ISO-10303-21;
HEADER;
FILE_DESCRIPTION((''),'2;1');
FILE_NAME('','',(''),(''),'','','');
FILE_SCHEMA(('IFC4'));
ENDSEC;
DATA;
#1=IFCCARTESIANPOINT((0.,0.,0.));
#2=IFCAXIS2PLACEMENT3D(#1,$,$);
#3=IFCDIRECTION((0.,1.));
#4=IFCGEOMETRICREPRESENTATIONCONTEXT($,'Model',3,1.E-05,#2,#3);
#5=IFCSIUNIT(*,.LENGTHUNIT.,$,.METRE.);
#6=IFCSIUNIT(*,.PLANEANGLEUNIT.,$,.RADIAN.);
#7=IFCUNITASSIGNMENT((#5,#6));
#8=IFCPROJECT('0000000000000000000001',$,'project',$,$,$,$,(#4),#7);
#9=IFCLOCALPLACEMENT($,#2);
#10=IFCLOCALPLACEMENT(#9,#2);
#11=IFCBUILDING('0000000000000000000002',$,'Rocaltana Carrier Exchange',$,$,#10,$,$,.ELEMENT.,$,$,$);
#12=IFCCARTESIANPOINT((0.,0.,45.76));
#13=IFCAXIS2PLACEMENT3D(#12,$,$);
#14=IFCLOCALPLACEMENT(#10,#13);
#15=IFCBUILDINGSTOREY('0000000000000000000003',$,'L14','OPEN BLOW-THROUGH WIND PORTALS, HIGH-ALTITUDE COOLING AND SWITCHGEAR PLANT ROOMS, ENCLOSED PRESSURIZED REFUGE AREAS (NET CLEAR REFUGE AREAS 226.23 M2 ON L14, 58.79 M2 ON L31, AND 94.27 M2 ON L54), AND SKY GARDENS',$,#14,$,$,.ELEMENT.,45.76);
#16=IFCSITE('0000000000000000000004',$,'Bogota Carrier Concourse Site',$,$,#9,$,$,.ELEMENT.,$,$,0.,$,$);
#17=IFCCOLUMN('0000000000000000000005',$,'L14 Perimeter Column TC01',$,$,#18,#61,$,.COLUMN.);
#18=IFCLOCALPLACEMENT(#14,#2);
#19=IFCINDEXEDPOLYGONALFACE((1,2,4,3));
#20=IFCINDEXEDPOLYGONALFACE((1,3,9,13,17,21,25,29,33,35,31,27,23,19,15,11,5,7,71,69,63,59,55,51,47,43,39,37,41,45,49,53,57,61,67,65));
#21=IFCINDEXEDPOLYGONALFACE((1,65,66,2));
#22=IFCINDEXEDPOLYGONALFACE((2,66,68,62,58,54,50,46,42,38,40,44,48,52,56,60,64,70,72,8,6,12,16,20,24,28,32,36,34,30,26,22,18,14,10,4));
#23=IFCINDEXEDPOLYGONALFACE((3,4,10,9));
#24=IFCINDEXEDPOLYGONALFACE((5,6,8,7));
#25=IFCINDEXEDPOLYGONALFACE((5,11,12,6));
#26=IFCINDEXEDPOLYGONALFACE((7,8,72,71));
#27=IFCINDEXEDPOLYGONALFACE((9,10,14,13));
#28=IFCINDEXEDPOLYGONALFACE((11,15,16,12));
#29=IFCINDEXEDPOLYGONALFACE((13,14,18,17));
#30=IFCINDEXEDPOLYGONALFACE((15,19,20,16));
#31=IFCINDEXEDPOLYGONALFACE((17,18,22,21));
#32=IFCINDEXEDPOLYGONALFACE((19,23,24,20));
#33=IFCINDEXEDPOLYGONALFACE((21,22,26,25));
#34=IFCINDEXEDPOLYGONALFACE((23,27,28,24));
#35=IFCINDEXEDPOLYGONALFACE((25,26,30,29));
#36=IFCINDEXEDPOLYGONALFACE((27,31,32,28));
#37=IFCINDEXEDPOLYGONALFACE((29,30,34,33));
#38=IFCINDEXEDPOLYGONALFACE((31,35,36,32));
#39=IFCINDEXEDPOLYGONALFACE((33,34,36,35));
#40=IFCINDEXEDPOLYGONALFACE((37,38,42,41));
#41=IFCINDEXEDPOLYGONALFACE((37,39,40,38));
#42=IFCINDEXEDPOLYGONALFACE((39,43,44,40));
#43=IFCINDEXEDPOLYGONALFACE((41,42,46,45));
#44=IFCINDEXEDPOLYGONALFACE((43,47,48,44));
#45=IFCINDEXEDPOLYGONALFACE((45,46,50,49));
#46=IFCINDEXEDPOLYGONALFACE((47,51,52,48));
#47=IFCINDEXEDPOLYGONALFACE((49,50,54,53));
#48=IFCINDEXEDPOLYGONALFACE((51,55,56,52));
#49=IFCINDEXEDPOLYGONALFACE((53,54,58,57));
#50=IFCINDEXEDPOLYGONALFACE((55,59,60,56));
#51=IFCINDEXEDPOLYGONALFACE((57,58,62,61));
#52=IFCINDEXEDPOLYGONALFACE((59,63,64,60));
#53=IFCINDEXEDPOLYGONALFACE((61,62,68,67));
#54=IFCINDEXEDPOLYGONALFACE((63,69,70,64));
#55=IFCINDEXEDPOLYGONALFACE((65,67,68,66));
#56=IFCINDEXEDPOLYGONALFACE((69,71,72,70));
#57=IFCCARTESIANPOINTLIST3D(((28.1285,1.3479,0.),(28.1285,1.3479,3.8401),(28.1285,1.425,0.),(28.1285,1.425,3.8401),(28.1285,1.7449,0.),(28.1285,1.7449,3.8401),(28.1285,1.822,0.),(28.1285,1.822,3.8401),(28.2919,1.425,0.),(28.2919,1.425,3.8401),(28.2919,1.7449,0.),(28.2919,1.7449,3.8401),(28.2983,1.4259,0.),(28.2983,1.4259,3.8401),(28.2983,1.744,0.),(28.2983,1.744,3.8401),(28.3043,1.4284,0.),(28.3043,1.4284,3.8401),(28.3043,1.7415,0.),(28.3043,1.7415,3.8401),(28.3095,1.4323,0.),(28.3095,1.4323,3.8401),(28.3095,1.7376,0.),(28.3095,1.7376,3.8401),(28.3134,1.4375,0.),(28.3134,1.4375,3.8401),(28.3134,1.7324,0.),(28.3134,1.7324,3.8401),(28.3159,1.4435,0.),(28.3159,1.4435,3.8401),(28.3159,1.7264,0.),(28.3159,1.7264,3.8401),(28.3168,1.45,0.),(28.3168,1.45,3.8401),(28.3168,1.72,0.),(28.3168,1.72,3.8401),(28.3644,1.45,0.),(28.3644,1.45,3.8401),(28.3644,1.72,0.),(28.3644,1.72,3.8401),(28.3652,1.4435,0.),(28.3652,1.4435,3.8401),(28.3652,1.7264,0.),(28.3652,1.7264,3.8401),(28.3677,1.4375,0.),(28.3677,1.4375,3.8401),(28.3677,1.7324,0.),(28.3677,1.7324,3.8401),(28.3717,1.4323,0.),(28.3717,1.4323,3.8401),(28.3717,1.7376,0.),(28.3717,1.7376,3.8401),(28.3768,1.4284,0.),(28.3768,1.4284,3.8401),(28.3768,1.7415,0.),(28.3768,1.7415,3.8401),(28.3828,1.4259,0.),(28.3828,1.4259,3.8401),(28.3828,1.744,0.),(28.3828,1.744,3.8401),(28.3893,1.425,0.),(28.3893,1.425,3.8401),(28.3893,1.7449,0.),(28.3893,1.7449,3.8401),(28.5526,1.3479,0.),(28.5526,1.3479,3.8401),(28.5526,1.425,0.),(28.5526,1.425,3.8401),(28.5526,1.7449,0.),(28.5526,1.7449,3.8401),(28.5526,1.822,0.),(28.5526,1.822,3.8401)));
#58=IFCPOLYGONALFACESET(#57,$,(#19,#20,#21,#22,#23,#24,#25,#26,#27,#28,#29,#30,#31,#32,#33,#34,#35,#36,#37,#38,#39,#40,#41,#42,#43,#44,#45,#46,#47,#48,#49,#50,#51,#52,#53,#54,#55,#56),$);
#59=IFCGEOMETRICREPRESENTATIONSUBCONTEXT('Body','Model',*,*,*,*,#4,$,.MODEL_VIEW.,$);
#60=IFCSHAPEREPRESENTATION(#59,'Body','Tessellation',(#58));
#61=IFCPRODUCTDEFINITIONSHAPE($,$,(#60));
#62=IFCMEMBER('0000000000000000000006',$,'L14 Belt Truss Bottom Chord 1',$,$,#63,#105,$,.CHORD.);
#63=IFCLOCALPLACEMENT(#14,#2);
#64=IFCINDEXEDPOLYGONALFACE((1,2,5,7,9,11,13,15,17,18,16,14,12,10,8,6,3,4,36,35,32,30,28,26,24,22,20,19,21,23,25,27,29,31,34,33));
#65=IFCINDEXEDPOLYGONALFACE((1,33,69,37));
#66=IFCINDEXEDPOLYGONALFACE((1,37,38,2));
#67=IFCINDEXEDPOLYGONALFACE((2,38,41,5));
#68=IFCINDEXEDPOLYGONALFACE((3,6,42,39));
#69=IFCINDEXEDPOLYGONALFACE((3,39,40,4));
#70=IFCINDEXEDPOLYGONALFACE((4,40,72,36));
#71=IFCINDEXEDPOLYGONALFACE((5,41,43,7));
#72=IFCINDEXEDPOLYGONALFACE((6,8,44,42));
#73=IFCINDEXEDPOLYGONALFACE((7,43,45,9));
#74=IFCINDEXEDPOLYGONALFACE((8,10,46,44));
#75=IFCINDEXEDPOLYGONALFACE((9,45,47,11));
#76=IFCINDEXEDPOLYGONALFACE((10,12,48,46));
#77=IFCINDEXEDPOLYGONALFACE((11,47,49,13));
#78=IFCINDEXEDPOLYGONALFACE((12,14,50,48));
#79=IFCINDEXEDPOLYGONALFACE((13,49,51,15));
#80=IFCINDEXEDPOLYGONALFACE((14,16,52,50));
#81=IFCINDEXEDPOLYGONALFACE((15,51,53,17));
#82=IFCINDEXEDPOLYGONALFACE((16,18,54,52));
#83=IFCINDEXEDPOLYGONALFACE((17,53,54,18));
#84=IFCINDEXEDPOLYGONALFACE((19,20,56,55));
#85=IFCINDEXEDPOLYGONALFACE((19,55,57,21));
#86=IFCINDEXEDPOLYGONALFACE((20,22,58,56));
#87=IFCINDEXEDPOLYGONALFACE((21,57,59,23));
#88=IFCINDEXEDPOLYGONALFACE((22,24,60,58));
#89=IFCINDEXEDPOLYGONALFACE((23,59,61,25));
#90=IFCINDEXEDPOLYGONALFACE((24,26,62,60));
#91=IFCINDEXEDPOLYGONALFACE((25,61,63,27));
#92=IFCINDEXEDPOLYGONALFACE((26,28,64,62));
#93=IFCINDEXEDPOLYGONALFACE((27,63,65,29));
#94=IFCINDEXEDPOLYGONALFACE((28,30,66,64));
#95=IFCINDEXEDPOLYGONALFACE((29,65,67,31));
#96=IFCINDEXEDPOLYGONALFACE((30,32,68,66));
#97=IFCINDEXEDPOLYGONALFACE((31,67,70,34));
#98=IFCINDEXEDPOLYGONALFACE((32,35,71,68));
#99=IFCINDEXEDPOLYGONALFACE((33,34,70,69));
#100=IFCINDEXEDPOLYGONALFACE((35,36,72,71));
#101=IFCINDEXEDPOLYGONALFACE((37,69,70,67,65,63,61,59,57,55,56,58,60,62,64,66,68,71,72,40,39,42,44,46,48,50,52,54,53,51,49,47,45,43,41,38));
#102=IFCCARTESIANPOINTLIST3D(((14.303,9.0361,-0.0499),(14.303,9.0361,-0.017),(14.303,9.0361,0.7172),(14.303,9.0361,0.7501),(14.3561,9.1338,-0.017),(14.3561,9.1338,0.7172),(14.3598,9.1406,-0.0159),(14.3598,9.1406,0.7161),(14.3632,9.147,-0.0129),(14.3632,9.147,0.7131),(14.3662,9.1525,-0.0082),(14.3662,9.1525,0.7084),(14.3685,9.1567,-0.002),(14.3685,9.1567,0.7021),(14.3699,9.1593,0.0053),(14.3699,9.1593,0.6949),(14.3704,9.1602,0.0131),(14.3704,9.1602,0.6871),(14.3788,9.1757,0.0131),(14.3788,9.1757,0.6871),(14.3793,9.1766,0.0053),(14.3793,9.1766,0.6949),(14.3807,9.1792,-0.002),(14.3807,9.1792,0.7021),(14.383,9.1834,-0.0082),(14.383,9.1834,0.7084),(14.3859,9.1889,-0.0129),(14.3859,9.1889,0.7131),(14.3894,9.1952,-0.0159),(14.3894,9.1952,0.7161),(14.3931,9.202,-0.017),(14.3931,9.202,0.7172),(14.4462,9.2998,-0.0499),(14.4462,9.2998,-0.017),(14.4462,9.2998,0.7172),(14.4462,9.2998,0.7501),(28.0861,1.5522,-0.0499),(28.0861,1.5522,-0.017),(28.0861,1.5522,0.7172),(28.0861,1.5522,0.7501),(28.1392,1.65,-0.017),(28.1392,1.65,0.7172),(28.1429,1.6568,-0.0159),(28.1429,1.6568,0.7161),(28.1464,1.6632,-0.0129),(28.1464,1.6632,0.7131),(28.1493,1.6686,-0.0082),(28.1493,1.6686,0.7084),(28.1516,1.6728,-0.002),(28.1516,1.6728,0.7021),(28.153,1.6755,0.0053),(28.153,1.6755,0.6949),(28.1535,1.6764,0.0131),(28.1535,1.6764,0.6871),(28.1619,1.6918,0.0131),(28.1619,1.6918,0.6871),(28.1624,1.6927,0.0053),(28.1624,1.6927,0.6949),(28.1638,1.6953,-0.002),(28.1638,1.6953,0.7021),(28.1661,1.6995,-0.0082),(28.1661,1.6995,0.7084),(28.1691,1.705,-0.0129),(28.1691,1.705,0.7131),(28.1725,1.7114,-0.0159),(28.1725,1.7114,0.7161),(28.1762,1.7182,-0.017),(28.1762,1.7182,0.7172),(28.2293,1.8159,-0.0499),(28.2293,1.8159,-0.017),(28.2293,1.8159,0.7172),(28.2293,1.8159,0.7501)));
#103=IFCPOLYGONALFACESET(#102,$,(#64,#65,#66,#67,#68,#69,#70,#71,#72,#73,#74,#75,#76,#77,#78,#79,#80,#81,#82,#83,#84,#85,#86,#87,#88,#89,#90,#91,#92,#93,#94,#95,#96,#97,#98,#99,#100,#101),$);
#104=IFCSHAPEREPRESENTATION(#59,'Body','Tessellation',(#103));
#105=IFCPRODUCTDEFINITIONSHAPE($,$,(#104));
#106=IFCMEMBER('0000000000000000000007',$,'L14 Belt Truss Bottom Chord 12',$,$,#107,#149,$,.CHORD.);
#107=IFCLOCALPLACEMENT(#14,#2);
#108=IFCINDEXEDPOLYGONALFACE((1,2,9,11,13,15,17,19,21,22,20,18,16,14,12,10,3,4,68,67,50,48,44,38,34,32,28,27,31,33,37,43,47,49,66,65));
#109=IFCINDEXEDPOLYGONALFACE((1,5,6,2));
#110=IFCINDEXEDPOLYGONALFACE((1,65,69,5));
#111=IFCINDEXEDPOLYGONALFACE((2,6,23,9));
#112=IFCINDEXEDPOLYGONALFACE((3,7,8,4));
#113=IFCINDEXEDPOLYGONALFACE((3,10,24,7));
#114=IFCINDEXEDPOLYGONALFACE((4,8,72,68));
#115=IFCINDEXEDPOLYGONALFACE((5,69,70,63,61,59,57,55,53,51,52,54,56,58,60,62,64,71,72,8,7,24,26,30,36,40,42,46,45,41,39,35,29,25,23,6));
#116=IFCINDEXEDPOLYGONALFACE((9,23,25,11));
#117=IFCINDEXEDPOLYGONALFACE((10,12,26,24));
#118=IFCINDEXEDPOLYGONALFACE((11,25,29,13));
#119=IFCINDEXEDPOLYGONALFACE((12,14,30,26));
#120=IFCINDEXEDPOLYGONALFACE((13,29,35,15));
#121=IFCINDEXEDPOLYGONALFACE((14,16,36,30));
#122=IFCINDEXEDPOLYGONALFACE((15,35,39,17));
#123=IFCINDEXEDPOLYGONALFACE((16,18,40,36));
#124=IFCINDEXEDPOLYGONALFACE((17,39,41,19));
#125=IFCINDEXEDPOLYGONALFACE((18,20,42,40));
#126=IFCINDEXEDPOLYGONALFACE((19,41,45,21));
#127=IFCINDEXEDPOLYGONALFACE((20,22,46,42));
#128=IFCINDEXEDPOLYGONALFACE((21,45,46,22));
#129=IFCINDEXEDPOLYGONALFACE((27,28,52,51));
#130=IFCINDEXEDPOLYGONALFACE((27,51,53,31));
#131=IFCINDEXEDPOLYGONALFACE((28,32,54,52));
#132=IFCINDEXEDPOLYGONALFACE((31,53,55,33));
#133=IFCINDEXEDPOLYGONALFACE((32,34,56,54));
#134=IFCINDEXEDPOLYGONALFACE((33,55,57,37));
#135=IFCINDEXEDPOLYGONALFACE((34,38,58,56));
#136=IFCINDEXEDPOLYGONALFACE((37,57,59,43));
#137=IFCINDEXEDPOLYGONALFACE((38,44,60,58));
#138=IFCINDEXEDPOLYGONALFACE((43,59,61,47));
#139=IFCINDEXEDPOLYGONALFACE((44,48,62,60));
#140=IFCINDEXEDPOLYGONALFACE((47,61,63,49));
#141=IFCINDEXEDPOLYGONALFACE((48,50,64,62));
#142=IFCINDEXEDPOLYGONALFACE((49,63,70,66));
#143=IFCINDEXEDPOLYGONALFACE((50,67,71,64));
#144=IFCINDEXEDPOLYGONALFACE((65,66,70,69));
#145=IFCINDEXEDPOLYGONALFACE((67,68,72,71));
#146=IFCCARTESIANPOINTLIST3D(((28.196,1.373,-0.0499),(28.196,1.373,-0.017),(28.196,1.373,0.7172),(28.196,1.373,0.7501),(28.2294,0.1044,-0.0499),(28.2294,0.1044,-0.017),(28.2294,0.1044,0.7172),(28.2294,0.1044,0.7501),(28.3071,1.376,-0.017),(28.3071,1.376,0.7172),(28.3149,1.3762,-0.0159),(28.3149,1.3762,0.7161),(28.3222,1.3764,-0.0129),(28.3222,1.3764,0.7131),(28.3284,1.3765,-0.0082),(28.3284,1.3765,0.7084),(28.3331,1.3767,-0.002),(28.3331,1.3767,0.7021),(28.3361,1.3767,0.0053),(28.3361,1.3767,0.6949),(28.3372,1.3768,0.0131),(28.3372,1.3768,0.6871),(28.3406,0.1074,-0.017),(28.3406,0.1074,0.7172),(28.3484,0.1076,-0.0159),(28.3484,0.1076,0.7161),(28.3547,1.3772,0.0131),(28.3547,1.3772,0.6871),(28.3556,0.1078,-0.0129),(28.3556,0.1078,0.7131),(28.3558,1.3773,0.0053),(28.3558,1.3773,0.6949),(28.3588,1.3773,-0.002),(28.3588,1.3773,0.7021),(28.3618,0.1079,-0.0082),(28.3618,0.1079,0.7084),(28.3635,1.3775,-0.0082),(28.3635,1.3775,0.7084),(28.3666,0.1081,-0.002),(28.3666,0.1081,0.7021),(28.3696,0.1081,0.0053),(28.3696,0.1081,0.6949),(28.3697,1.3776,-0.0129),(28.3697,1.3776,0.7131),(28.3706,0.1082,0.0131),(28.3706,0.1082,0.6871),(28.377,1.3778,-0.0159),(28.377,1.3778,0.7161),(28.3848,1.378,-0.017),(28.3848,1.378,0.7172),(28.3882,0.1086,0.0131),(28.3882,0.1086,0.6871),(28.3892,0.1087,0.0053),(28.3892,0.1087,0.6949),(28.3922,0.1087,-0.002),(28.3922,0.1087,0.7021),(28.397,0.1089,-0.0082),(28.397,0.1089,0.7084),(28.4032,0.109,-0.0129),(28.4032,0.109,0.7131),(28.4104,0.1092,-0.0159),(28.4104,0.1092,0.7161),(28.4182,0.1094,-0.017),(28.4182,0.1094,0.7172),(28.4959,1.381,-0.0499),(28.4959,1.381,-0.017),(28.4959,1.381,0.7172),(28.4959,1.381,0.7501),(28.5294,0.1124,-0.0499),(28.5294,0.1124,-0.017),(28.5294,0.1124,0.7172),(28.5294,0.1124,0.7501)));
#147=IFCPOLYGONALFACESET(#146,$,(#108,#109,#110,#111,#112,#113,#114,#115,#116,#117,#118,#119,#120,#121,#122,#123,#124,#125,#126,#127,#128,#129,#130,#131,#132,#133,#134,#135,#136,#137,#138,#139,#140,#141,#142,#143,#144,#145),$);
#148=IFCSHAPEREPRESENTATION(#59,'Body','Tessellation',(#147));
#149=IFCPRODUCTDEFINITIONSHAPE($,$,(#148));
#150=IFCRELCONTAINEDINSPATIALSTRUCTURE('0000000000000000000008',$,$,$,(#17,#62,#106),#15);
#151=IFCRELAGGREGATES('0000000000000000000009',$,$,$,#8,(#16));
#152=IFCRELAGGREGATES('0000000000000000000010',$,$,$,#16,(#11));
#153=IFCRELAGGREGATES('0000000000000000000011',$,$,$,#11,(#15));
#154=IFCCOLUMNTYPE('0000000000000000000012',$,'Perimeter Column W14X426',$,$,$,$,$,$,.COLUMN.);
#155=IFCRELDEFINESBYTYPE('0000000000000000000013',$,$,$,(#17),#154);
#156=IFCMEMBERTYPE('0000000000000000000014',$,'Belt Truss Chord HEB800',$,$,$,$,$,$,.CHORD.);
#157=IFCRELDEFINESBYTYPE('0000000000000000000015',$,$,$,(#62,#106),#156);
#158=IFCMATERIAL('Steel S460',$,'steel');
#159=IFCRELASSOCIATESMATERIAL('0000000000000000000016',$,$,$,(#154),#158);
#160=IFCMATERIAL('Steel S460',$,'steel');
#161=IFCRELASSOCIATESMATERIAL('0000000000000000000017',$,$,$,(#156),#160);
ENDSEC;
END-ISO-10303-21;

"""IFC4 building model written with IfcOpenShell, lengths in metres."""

from ifc_helpers import new_model, si_unit, direction, frame, origin, origin_2d, place, context, subcontext, project, spatial, i_section, extrude, material, material_profile, profile_set, type_object, element, save


model = new_model("IFC4")

# Units and contexts
model_context = context("Model", 3, precision=1e-05, world=origin(), true_north=direction((0.0, 1.0)))
body_context = subcontext(model_context, "Body", "Model", "MODEL_VIEW")
ifc_project = project(units=[si_unit("LENGTHUNIT", "METRE"), si_unit("PLANEANGLEUNIT", "RADIAN")], contexts=[model_context])

# Site, building, storey
site_placement = place(None, origin())
site = spatial("IfcSite", under=ifc_project, at=site_placement, Name="Bogota Carrier Concourse Site", CompositionType="ELEMENT", RefElevation=0.0)
building_placement = place(site_placement, origin())
building = spatial("IfcBuilding", under=site, at=building_placement, Name="Rocaltana Carrier Exchange", CompositionType="ELEMENT")
storey_placement = place(building_placement, frame((0.0, 0.0, 45.76)))
storey = spatial("IfcBuildingStorey", under=building, at=storey_placement, Name="L14", Description="OPEN BLOW-THROUGH WIND PORTALS, HIGH-ALTITUDE COOLING AND SWITCHGEAR PLANT ROOMS, ENCLOSED PRESSURIZED REFUGE AREAS (NET CLEAR REFUGE AREAS 226.23 M2 ON L14, 58.79 M2 ON L31, AND 94.27 M2 ON L54), AND SKY GARDENS", CompositionType="ELEMENT", Elevation=45.76)

# Column
ifc_material_1 = material(Name="Steel S460", Category="steel")
ifc_material_profile_1 = material_profile(ifc_material_1, i_section(OverallWidth=0.4241, OverallDepth=0.4741, WebThickness=0.0476, FlangeThickness=0.0771, FilletRadius=0.0249, at=origin_2d()), Name="W14X426")
ifc_profile_set_1 = profile_set([ifc_material_profile_1], Name="Steel S460")
column_type = type_object("IfcColumnType", Name="Perimeter Column W14X426", PredefinedType="COLUMN", material=ifc_profile_set_1)
column_placement = place(storey_placement, frame((28.3406, 1.585, 0.0), z_axis=(0.0, 0.0, 1.0), x_axis=(1.0, 0.0, 0.0)))
element("IfcColumn", 1, at=column_placement, inside=storey, type_object=column_type, Name="L14 Perimeter Column TC01", PredefinedType="COLUMN", context=body_context, shape_type="SweptSolid", body=[
    extrude(i_section(OverallWidth=0.4241, OverallDepth=0.4741, WebThickness=0.0476, FlangeThickness=0.0771, FilletRadius=0.0249, at=origin_2d()), origin(), (0.0, 0.0, 1.0), 3.8401),
])

# Members
ifc_material_2 = material(Name="Steel S460", Category="steel")
ifc_material_profile_2 = material_profile(ifc_material_2, i_section(OverallWidth=0.3, OverallDepth=0.8, WebThickness=0.0176, FlangeThickness=0.033, FilletRadius=0.03, at=origin_2d()), Name="HEB800")
ifc_profile_set_2 = profile_set([ifc_material_profile_2], Name="Steel S460")
member_type_1 = type_object("IfcMemberType", Name="Belt Truss Chord HEB800", PredefinedType="CHORD", material=ifc_profile_set_2)
member_1_placement = place(storey_placement, frame((28.1577, 1.6841, 0.3501), z_axis=(-0.878811, 0.477169, 0.0), x_axis=(-0.477169, -0.878811, 0.0)))
element("IfcMember", 2, at=member_1_placement, inside=storey, type_object=member_type_1, Name="L14 Belt Truss Bottom Chord 1", PredefinedType="CHORD", context=body_context, shape_type="SweptSolid", body=[
    extrude(i_section(OverallWidth=0.3, OverallDepth=0.8, WebThickness=0.0176, FlangeThickness=0.033, FilletRadius=0.03, at=origin_2d()), origin(), (0.0, 0.0, 1.0), 15.6838),
])
member_2_placement = place(storey_placement, frame((28.3794, 0.1084, 0.3501), z_axis=(-0.026357, 0.999653, 0.0), x_axis=(-0.999653, -0.026357, 0.0)))
element("IfcMember", 3, at=member_2_placement, inside=storey, type_object=member_type_1, Name="L14 Belt Truss Bottom Chord 12", PredefinedType="CHORD", context=body_context, shape_type="SweptSolid", body=[
    extrude(i_section(OverallWidth=0.3, OverallDepth=0.8, WebThickness=0.0176, FlangeThickness=0.033, FilletRadius=0.03, at=origin_2d()), origin(), (0.0, 0.0, 1.0), 1.269),
])

save(model, "model.ifc")
